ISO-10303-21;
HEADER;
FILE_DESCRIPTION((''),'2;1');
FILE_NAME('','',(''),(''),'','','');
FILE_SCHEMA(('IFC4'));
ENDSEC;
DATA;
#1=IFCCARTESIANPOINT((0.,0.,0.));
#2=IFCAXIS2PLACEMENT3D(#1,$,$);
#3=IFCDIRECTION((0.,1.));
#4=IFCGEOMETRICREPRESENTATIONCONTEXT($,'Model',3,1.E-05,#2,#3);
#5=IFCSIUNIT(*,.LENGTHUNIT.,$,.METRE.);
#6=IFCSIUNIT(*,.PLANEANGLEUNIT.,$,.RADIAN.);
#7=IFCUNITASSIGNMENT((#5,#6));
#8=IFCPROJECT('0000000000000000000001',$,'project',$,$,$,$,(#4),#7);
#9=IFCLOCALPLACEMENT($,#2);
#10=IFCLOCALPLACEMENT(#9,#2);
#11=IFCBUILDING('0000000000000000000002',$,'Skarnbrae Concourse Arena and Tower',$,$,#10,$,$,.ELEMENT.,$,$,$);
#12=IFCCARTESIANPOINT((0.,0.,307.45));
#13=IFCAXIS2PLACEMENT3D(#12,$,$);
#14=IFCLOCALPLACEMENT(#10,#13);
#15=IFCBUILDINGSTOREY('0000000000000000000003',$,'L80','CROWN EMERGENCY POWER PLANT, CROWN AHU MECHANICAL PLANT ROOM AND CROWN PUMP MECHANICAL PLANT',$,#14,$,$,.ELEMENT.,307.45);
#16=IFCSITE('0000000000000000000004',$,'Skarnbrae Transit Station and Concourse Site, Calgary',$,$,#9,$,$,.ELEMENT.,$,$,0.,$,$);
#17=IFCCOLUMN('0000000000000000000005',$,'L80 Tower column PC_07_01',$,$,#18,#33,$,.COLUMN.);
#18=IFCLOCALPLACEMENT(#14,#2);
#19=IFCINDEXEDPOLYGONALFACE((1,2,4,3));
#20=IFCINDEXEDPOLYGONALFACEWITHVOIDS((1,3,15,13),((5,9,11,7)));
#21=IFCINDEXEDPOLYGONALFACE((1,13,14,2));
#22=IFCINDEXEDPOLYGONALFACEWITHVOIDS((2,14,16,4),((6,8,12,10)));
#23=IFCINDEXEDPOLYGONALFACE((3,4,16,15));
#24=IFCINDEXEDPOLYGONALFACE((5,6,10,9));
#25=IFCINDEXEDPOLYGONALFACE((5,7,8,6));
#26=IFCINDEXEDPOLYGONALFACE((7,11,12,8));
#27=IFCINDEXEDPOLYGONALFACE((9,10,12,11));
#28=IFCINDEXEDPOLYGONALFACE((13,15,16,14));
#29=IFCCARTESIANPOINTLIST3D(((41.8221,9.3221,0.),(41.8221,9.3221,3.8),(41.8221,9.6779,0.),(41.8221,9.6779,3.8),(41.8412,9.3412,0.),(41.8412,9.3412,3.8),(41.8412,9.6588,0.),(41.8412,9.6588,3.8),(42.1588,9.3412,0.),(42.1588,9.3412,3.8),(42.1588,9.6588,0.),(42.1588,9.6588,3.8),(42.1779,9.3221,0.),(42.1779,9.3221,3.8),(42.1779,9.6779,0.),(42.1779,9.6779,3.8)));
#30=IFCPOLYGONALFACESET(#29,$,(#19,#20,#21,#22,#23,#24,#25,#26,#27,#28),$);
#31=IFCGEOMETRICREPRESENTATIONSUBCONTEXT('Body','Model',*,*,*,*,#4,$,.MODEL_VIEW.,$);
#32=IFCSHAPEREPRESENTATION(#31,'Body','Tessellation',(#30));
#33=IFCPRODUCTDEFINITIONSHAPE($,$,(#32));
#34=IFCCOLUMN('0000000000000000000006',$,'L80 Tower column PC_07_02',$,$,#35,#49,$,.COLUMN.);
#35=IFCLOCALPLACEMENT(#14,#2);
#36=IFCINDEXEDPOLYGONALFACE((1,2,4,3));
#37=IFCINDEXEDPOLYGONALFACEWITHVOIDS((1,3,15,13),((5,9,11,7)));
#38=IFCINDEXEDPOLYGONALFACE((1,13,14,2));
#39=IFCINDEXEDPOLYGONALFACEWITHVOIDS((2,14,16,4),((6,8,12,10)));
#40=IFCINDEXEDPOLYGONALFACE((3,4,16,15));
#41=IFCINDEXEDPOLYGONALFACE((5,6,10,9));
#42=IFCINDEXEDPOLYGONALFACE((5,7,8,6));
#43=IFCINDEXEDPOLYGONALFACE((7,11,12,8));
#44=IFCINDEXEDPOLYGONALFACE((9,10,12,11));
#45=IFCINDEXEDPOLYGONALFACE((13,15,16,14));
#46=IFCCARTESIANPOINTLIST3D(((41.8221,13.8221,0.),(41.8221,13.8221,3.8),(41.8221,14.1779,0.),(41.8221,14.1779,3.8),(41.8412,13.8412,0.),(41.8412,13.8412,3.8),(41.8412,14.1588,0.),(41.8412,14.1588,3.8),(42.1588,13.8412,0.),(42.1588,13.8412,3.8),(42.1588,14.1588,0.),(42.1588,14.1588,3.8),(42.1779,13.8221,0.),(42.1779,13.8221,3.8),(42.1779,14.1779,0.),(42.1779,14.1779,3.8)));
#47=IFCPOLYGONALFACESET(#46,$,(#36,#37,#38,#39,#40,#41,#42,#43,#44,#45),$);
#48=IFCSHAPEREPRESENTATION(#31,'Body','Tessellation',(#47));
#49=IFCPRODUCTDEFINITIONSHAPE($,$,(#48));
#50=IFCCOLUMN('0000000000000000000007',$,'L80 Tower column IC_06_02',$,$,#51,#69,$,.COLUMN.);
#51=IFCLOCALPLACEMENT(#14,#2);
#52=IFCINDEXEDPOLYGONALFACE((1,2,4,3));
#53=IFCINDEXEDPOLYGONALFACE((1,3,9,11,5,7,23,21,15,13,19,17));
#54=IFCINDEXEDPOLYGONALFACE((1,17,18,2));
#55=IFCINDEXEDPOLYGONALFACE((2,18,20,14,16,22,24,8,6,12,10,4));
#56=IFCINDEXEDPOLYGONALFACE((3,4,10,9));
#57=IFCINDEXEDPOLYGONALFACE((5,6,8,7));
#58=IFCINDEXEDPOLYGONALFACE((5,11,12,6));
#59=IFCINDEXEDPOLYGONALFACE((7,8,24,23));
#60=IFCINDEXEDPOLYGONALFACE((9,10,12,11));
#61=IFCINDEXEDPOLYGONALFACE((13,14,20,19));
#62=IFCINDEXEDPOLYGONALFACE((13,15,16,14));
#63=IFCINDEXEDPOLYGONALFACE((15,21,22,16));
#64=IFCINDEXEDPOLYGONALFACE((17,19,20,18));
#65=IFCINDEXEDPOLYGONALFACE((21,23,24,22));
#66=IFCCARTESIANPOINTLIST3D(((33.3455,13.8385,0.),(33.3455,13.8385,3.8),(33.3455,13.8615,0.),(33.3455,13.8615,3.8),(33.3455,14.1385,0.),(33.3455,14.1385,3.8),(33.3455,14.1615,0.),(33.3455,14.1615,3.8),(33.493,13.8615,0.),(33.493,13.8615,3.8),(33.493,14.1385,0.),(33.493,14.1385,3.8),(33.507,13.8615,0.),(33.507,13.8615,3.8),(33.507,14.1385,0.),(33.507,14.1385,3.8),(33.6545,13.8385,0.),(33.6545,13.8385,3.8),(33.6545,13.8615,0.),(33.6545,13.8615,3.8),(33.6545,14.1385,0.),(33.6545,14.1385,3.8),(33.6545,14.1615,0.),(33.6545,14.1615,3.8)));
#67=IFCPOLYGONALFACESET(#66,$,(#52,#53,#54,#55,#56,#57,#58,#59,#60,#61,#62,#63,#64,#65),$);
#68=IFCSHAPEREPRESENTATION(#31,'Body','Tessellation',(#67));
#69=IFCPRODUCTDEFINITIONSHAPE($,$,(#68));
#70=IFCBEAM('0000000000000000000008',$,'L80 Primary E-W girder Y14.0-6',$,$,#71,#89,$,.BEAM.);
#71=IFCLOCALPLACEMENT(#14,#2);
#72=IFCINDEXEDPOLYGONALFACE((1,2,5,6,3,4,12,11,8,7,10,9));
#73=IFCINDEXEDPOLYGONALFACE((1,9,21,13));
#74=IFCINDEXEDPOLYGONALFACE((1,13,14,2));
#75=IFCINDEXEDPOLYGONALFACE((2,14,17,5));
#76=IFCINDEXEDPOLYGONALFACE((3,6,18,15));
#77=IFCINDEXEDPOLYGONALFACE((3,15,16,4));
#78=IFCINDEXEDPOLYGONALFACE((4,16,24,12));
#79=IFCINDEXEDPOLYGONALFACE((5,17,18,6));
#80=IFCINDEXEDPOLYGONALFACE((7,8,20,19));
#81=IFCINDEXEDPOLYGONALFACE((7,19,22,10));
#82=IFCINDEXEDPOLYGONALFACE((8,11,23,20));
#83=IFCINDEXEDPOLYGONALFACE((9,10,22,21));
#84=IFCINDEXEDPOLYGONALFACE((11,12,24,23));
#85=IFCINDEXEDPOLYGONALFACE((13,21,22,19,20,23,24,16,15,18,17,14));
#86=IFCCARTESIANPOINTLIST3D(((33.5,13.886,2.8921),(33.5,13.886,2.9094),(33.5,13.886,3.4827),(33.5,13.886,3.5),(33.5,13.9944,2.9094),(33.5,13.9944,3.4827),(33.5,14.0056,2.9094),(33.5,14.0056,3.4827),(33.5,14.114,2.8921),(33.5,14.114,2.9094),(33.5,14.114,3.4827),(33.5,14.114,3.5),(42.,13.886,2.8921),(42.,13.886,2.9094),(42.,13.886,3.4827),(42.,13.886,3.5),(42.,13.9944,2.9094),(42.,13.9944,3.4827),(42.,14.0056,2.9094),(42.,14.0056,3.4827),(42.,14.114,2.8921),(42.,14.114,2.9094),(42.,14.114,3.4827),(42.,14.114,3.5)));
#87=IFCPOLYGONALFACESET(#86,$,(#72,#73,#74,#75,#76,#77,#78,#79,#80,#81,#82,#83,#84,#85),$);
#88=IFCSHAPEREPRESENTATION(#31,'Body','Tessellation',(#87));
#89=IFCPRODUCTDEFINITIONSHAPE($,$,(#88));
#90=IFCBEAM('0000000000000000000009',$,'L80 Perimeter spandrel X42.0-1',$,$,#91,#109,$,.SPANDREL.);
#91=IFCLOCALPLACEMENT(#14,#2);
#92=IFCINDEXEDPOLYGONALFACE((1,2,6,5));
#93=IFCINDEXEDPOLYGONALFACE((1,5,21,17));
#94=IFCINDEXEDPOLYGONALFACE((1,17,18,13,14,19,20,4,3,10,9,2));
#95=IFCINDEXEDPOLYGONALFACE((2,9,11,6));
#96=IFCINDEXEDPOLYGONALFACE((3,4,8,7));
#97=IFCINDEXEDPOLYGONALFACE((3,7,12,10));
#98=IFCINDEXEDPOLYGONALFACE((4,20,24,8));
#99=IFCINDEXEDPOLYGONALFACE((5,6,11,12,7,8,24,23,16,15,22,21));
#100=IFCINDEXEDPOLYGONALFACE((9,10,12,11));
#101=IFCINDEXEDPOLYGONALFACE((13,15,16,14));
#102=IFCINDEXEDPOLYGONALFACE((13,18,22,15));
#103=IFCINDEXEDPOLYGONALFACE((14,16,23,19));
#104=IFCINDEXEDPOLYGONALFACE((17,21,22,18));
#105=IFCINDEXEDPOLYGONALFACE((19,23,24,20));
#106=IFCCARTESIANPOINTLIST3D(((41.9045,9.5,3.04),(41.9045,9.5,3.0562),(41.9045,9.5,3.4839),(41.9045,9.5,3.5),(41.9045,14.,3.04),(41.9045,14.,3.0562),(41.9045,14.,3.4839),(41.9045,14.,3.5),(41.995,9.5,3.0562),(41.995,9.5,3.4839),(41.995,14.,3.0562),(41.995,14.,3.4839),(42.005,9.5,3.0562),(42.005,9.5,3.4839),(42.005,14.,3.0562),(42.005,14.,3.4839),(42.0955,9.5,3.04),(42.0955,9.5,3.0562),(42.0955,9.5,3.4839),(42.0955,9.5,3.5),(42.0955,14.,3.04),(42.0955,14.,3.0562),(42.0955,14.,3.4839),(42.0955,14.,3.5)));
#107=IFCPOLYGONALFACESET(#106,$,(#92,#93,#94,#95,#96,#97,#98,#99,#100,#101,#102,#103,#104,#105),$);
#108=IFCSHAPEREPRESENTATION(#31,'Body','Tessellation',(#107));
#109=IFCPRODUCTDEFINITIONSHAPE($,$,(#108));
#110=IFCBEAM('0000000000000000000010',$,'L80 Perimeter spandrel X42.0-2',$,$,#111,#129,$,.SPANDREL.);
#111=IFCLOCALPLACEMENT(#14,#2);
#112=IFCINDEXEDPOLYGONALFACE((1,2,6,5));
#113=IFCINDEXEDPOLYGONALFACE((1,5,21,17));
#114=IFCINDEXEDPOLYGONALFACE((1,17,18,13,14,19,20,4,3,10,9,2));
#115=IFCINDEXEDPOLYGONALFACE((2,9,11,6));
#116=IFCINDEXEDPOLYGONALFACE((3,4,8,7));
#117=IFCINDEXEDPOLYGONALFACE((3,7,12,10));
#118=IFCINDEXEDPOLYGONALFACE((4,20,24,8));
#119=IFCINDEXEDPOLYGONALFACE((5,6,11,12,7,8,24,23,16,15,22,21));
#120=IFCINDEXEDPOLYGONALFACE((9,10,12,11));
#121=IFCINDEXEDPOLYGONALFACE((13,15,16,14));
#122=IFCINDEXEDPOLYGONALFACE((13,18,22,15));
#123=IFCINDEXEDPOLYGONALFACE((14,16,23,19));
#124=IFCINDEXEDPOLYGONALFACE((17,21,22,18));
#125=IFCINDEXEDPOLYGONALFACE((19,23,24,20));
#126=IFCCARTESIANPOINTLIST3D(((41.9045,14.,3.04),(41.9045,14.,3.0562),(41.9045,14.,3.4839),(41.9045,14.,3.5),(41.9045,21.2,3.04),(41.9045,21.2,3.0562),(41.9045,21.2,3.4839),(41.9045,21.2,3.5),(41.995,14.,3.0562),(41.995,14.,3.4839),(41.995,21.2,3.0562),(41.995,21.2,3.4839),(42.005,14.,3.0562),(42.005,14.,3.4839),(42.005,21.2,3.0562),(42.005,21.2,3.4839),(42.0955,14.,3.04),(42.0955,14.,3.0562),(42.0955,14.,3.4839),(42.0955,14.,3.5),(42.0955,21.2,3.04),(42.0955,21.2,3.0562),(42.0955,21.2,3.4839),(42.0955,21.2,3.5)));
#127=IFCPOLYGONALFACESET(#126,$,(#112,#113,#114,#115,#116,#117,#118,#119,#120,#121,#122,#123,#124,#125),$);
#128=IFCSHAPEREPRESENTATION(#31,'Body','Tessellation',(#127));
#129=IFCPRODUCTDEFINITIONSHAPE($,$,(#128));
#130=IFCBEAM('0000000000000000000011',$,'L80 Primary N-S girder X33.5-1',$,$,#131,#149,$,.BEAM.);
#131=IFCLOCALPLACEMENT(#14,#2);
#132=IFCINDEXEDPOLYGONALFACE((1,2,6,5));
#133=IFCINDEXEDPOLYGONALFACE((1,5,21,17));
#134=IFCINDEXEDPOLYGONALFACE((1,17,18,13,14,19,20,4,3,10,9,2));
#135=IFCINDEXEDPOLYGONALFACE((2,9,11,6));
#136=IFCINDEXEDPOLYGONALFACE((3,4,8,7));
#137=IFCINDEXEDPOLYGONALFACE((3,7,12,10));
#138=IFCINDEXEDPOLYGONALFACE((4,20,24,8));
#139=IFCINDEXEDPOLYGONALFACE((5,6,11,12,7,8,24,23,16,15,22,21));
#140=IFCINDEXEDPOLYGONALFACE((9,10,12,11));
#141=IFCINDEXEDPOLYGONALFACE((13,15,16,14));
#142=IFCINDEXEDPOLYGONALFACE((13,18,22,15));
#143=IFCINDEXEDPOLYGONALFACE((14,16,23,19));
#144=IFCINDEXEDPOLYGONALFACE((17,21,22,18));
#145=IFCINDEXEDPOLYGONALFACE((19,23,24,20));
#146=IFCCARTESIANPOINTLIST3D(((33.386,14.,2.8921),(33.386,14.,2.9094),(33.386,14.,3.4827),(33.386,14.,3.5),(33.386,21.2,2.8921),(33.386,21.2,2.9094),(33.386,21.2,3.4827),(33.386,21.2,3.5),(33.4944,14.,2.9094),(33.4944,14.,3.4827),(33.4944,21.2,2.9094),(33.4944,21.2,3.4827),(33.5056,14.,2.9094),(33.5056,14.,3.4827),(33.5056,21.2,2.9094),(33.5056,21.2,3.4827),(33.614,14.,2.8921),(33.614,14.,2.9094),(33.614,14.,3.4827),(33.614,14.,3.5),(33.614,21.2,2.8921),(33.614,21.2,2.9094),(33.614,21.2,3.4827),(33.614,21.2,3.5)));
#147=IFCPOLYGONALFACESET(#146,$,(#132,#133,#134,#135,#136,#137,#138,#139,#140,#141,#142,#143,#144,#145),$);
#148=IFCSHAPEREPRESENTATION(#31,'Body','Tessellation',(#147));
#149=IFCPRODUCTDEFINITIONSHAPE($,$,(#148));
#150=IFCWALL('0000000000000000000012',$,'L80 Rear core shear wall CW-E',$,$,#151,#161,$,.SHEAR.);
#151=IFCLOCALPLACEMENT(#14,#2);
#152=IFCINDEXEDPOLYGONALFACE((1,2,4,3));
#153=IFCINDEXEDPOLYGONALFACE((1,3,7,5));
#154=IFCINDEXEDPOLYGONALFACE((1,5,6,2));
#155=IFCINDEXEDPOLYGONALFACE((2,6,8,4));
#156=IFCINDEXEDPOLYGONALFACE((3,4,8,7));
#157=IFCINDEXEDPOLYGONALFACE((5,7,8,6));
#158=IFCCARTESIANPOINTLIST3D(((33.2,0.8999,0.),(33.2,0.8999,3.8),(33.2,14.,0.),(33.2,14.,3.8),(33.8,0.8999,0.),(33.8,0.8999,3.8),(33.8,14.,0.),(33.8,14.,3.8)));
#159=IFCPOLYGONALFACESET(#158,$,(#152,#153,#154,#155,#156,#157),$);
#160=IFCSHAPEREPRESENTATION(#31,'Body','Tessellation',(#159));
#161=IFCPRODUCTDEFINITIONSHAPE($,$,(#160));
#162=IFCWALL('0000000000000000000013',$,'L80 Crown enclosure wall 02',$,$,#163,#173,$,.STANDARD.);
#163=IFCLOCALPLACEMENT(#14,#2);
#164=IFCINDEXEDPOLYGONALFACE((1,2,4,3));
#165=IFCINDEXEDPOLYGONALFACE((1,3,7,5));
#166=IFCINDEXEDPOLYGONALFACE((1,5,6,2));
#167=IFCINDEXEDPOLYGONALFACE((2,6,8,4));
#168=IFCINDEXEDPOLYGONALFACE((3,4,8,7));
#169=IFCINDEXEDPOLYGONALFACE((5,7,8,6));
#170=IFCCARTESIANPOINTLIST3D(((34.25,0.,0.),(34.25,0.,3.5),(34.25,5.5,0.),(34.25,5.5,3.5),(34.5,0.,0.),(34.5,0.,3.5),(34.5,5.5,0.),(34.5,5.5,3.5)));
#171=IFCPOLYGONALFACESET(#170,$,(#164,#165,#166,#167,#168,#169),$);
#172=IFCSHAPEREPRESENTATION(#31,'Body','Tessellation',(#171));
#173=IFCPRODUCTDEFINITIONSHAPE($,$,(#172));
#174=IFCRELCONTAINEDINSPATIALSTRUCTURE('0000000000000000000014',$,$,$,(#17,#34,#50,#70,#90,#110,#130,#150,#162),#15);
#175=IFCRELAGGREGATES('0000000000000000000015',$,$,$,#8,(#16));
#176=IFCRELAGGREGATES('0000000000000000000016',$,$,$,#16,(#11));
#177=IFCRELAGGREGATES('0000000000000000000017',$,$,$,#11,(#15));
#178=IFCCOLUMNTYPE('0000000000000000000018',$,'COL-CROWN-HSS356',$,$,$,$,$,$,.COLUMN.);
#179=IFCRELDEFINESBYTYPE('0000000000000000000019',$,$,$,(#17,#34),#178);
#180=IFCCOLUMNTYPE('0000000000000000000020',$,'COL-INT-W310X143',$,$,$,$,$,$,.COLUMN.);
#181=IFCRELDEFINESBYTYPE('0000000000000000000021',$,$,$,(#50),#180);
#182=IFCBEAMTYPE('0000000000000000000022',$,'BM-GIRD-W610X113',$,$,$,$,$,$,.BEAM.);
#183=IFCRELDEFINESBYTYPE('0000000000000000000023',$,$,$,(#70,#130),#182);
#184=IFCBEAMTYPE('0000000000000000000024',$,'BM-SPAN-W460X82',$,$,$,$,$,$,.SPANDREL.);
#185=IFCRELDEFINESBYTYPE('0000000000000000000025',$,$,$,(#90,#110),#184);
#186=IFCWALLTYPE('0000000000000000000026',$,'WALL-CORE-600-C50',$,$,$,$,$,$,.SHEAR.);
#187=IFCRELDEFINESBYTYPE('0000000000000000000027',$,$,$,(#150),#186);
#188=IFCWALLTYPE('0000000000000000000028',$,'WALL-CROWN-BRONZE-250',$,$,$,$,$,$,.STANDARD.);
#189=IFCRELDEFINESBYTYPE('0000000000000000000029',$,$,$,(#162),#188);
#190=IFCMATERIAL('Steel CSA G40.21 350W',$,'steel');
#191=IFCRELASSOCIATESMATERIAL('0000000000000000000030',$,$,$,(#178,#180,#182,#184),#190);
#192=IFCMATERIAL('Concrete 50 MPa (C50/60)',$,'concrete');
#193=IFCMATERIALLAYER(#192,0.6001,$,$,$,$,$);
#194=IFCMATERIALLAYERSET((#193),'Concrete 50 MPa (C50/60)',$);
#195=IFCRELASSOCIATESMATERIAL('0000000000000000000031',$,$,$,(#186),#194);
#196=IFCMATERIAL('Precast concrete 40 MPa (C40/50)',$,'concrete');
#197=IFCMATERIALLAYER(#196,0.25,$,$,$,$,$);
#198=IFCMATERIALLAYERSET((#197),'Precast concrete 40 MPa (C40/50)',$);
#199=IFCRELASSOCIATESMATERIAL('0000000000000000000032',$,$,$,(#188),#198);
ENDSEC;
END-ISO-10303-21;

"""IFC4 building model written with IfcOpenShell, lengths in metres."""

from ifc_helpers import new_model, si_unit, direction, frame, frame_2d, origin, origin_2d, place, context, subcontext, project, spatial, rectangle, hollow_rectangle, i_section, extrude, source, transform, mapped, material, layer, layer_set, material_profile, profile_set, type_object, element, save


model = new_model("IFC4")

# Units and contexts
model_context = context("Model", 3, precision=1e-05, world=origin(), true_north=direction((0.0, 1.0)))
body_context = subcontext(model_context, "Body", "Model", "MODEL_VIEW")
ifc_project = project(units=[si_unit("LENGTHUNIT", "METRE"), si_unit("PLANEANGLEUNIT", "RADIAN")], contexts=[model_context])

# Site, building, storey
site_placement = place(None, origin())
site = spatial("IfcSite", under=ifc_project, at=site_placement, Name="Skarnbrae Transit Station and Concourse Site, Calgary", CompositionType="ELEMENT", RefElevation=0.0)
building_placement = place(site_placement, origin())
building = spatial("IfcBuilding", under=site, at=building_placement, Name="Skarnbrae Concourse Arena and Tower", CompositionType="ELEMENT")
storey_placement = place(building_placement, frame((0.0, 0.0, 307.45)))
storey = spatial("IfcBuildingStorey", under=building, at=storey_placement, Name="L80", Description="CROWN EMERGENCY POWER PLANT, CROWN AHU MECHANICAL PLANT ROOM AND CROWN PUMP MECHANICAL PLANT", CompositionType="ELEMENT", Elevation=307.45)

# Columns
ifc_material_1 = material(Name="Steel CSA G40.21 350W", Category="steel")
ifc_material_profile_1 = material_profile(ifc_material_1, hollow_rectangle(XDim=0.3557, YDim=0.3557, WallThickness=0.019, at=origin_2d()), Name="HSS356X356X19.0")
ifc_profile_set_1 = profile_set([ifc_material_profile_1], Name="Steel CSA G40.21 350W")
column_type_1 = type_object("IfcColumnType", Name="COL-CROWN-HSS356", PredefinedType="COLUMN", material=ifc_profile_set_1)
shared_shape_1 = source(origin(), body_context, "Body", "SweptSolid", [
    extrude(hollow_rectangle(XDim=0.3557, YDim=0.3557, WallThickness=0.019, at=origin_2d()), origin(), (0.0, 0.0, 1.0), 3.8),
])
for number, where, z_axis, x_axis, name in (
    (1, (42.0, 9.5, 0.0), (0.0, 0.0, 1.0), (1.0, 0.0, 0.0), "L80 Tower column PC_07_01"),
    (2, (42.0, 14.0, 0.0), (0.0, 0.0, 1.0), (1.0, 0.0, 0.0), "L80 Tower column PC_07_02"),
):
    element("IfcColumn", number, at=place(storey_placement, frame(where, z_axis=z_axis, x_axis=x_axis)), inside=storey, type_object=column_type_1, Name=name, PredefinedType="COLUMN", context=body_context, shape_type="MappedRepresentation", body=[
        mapped(shared_shape_1, transform((0.0, 0.0, 0.0))),
    ])
ifc_material_profile_2 = material_profile(ifc_material_1, i_section(OverallWidth=0.3091, OverallDepth=0.323, WebThickness=0.0139, FlangeThickness=0.0229, at=origin_2d()), Name="W310X143")
ifc_profile_set_2 = profile_set([ifc_material_profile_2], Name="Steel CSA G40.21 350W")
column_type_2 = type_object("IfcColumnType", Name="COL-INT-W310X143", PredefinedType="COLUMN", material=ifc_profile_set_2)
shared_shape_2 = source(origin(), body_context, "Body", "SweptSolid", [
    extrude(i_section(OverallWidth=0.3091, OverallDepth=0.323, WebThickness=0.0139, FlangeThickness=0.0229, at=origin_2d()), origin(), (0.0, 0.0, 1.0), 3.8),
])
column_placement = place(storey_placement, frame((33.5, 14.0, 0.0), z_axis=(0.0, 0.0, 1.0), x_axis=(1.0, 0.0, 0.0)))
element("IfcColumn", 3, at=column_placement, inside=storey, type_object=column_type_2, Name="L80 Tower column IC_06_02", PredefinedType="COLUMN", context=body_context, shape_type="MappedRepresentation", body=[
    mapped(shared_shape_2, transform((0.0, 0.0, 0.0))),
])

# Beams
ifc_material_profile_3 = material_profile(ifc_material_1, i_section(OverallWidth=0.228, OverallDepth=0.6079, WebThickness=0.0112, FlangeThickness=0.0173, at=origin_2d()), Name="W610X113")
ifc_profile_set_3 = profile_set([ifc_material_profile_3], Name="Steel CSA G40.21 350W")
beam_type_1 = type_object("IfcBeamType", Name="BM-GIRD-W610X113", PredefinedType="BEAM", material=ifc_profile_set_3)
shared_shape_3 = source(origin(), body_context, "Body", "SweptSolid", [
    extrude(i_section(OverallWidth=0.228, OverallDepth=0.6079, WebThickness=0.0112, FlangeThickness=0.0173, at=origin_2d()), origin(), (0.0, 0.0, 1.0), 8.5),
])
beam_1_placement = place(storey_placement, frame((33.5, 14.0, 3.196), z_axis=(1.0, 0.0, 0.0), x_axis=(0.0, 1.0, 0.0)))
element("IfcBeam", 4, at=beam_1_placement, inside=storey, type_object=beam_type_1, Name="L80 Primary E-W girder Y14.0-6", PredefinedType="BEAM", context=body_context, shape_type="MappedRepresentation", body=[
    mapped(shared_shape_3, transform((0.0, 0.0, 0.0))),
])
ifc_material_profile_4 = material_profile(ifc_material_1, i_section(OverallWidth=0.1909, OverallDepth=0.46, WebThickness=0.01, FlangeThickness=0.0161, at=origin_2d()), Name="W460X82")
ifc_profile_set_4 = profile_set([ifc_material_profile_4], Name="Steel CSA G40.21 350W")
beam_type_2 = type_object("IfcBeamType", Name="BM-SPAN-W460X82", PredefinedType="SPANDREL", material=ifc_profile_set_4)
shared_shape_4 = source(origin(), body_context, "Body", "SweptSolid", [
    extrude(i_section(OverallWidth=0.1909, OverallDepth=0.46, WebThickness=0.01, FlangeThickness=0.0161, at=origin_2d()), origin(), (0.0, 0.0, 1.0), 4.5),
])
beam_2_placement = place(storey_placement, frame((42.0, 9.5, 3.27), z_axis=(0.0, 1.0, 0.0), x_axis=(-1.0, 0.0, 0.0)))
element("IfcBeam", 5, at=beam_2_placement, inside=storey, type_object=beam_type_2, Name="L80 Perimeter spandrel X42.0-1", PredefinedType="SPANDREL", context=body_context, shape_type="MappedRepresentation", body=[
    mapped(shared_shape_4, transform((0.0, 0.0, 0.0))),
])
shared_shape_5 = source(origin(), body_context, "Body", "SweptSolid", [
    extrude(i_section(OverallWidth=0.1909, OverallDepth=0.46, WebThickness=0.01, FlangeThickness=0.0161, at=origin_2d()), origin(), (0.0, 0.0, 1.0), 7.2),
])
beam_3_placement = place(storey_placement, frame((42.0, 14.0, 3.27), z_axis=(0.0, 1.0, 0.0), x_axis=(-1.0, 0.0, 0.0)))
element("IfcBeam", 6, at=beam_3_placement, inside=storey, type_object=beam_type_2, Name="L80 Perimeter spandrel X42.0-2", PredefinedType="SPANDREL", context=body_context, shape_type="MappedRepresentation", body=[
    mapped(shared_shape_5, transform((0.0, 0.0, 0.0))),
])
shared_shape_6 = source(origin(), body_context, "Body", "SweptSolid", [
    extrude(i_section(OverallWidth=0.228, OverallDepth=0.6079, WebThickness=0.0112, FlangeThickness=0.0173, at=origin_2d()), origin(), (0.0, 0.0, 1.0), 7.2),
])
beam_4_placement = place(storey_placement, frame((33.5, 14.0, 3.196), z_axis=(0.0, 1.0, 0.0), x_axis=(-1.0, 0.0, 0.0)))
element("IfcBeam", 7, at=beam_4_placement, inside=storey, type_object=beam_type_1, Name="L80 Primary N-S girder X33.5-1", PredefinedType="BEAM", context=body_context, shape_type="MappedRepresentation", body=[
    mapped(shared_shape_6, transform((0.0, 0.0, 0.0))),
])

# Walls
ifc_material_2 = material(Name="Concrete 50 MPa (C50/60)", Category="concrete")
ifc_layer_1 = layer(ifc_material_2, 0.6001)
ifc_layer_set_1 = layer_set([ifc_layer_1], Name="Concrete 50 MPa (C50/60)")
wall_type_1 = type_object("IfcWallType", Name="WALL-CORE-600-C50", PredefinedType="SHEAR", material=ifc_layer_set_1)
shared_shape_7 = source(origin(), body_context, "Body", "SweptSolid", [
    extrude(rectangle(XDim=13.1001, YDim=0.6001, at=frame_2d((6.55, 0.0))), origin(), (0.0, 0.0, 1.0), 3.8),
])
wall_1_placement = place(storey_placement, frame((33.5, 0.8999, 0.0), z_axis=(0.0, 0.0, 1.0), x_axis=(0.0, 1.0, 0.0)))
element("IfcWall", 8, at=wall_1_placement, inside=storey, type_object=wall_type_1, Name="L80 Rear core shear wall CW-E", PredefinedType="SHEAR", context=body_context, shape_type="MappedRepresentation", body=[
    mapped(shared_shape_7, transform((0.0, 0.0, 0.0))),
])
ifc_material_3 = material(Name="Precast concrete 40 MPa (C40/50)", Category="concrete")
ifc_layer_2 = layer(ifc_material_3, 0.25)
ifc_layer_set_2 = layer_set([ifc_layer_2], Name="Precast concrete 40 MPa (C40/50)")
wall_type_2 = type_object("IfcWallType", Name="WALL-CROWN-BRONZE-250", PredefinedType="STANDARD", material=ifc_layer_set_2)
shared_shape_8 = source(origin(), body_context, "Body", "SweptSolid", [
    extrude(rectangle(XDim=5.5, YDim=0.25, at=frame_2d((2.75, 0.0))), origin(), (0.0, 0.0, 1.0), 3.5),
])
wall_2_placement = place(storey_placement, frame((34.375, 0.0, 0.0), z_axis=(0.0, 0.0, 1.0), x_axis=(0.0, 1.0, 0.0)))
element("IfcWall", 9, at=wall_2_placement, inside=storey, type_object=wall_type_2, Name="L80 Crown enclosure wall 02", PredefinedType="STANDARD", context=body_context, shape_type="MappedRepresentation", body=[
    mapped(shared_shape_8, transform((0.0, 0.0, 0.0))),
])

save(model, "model.ifc")
